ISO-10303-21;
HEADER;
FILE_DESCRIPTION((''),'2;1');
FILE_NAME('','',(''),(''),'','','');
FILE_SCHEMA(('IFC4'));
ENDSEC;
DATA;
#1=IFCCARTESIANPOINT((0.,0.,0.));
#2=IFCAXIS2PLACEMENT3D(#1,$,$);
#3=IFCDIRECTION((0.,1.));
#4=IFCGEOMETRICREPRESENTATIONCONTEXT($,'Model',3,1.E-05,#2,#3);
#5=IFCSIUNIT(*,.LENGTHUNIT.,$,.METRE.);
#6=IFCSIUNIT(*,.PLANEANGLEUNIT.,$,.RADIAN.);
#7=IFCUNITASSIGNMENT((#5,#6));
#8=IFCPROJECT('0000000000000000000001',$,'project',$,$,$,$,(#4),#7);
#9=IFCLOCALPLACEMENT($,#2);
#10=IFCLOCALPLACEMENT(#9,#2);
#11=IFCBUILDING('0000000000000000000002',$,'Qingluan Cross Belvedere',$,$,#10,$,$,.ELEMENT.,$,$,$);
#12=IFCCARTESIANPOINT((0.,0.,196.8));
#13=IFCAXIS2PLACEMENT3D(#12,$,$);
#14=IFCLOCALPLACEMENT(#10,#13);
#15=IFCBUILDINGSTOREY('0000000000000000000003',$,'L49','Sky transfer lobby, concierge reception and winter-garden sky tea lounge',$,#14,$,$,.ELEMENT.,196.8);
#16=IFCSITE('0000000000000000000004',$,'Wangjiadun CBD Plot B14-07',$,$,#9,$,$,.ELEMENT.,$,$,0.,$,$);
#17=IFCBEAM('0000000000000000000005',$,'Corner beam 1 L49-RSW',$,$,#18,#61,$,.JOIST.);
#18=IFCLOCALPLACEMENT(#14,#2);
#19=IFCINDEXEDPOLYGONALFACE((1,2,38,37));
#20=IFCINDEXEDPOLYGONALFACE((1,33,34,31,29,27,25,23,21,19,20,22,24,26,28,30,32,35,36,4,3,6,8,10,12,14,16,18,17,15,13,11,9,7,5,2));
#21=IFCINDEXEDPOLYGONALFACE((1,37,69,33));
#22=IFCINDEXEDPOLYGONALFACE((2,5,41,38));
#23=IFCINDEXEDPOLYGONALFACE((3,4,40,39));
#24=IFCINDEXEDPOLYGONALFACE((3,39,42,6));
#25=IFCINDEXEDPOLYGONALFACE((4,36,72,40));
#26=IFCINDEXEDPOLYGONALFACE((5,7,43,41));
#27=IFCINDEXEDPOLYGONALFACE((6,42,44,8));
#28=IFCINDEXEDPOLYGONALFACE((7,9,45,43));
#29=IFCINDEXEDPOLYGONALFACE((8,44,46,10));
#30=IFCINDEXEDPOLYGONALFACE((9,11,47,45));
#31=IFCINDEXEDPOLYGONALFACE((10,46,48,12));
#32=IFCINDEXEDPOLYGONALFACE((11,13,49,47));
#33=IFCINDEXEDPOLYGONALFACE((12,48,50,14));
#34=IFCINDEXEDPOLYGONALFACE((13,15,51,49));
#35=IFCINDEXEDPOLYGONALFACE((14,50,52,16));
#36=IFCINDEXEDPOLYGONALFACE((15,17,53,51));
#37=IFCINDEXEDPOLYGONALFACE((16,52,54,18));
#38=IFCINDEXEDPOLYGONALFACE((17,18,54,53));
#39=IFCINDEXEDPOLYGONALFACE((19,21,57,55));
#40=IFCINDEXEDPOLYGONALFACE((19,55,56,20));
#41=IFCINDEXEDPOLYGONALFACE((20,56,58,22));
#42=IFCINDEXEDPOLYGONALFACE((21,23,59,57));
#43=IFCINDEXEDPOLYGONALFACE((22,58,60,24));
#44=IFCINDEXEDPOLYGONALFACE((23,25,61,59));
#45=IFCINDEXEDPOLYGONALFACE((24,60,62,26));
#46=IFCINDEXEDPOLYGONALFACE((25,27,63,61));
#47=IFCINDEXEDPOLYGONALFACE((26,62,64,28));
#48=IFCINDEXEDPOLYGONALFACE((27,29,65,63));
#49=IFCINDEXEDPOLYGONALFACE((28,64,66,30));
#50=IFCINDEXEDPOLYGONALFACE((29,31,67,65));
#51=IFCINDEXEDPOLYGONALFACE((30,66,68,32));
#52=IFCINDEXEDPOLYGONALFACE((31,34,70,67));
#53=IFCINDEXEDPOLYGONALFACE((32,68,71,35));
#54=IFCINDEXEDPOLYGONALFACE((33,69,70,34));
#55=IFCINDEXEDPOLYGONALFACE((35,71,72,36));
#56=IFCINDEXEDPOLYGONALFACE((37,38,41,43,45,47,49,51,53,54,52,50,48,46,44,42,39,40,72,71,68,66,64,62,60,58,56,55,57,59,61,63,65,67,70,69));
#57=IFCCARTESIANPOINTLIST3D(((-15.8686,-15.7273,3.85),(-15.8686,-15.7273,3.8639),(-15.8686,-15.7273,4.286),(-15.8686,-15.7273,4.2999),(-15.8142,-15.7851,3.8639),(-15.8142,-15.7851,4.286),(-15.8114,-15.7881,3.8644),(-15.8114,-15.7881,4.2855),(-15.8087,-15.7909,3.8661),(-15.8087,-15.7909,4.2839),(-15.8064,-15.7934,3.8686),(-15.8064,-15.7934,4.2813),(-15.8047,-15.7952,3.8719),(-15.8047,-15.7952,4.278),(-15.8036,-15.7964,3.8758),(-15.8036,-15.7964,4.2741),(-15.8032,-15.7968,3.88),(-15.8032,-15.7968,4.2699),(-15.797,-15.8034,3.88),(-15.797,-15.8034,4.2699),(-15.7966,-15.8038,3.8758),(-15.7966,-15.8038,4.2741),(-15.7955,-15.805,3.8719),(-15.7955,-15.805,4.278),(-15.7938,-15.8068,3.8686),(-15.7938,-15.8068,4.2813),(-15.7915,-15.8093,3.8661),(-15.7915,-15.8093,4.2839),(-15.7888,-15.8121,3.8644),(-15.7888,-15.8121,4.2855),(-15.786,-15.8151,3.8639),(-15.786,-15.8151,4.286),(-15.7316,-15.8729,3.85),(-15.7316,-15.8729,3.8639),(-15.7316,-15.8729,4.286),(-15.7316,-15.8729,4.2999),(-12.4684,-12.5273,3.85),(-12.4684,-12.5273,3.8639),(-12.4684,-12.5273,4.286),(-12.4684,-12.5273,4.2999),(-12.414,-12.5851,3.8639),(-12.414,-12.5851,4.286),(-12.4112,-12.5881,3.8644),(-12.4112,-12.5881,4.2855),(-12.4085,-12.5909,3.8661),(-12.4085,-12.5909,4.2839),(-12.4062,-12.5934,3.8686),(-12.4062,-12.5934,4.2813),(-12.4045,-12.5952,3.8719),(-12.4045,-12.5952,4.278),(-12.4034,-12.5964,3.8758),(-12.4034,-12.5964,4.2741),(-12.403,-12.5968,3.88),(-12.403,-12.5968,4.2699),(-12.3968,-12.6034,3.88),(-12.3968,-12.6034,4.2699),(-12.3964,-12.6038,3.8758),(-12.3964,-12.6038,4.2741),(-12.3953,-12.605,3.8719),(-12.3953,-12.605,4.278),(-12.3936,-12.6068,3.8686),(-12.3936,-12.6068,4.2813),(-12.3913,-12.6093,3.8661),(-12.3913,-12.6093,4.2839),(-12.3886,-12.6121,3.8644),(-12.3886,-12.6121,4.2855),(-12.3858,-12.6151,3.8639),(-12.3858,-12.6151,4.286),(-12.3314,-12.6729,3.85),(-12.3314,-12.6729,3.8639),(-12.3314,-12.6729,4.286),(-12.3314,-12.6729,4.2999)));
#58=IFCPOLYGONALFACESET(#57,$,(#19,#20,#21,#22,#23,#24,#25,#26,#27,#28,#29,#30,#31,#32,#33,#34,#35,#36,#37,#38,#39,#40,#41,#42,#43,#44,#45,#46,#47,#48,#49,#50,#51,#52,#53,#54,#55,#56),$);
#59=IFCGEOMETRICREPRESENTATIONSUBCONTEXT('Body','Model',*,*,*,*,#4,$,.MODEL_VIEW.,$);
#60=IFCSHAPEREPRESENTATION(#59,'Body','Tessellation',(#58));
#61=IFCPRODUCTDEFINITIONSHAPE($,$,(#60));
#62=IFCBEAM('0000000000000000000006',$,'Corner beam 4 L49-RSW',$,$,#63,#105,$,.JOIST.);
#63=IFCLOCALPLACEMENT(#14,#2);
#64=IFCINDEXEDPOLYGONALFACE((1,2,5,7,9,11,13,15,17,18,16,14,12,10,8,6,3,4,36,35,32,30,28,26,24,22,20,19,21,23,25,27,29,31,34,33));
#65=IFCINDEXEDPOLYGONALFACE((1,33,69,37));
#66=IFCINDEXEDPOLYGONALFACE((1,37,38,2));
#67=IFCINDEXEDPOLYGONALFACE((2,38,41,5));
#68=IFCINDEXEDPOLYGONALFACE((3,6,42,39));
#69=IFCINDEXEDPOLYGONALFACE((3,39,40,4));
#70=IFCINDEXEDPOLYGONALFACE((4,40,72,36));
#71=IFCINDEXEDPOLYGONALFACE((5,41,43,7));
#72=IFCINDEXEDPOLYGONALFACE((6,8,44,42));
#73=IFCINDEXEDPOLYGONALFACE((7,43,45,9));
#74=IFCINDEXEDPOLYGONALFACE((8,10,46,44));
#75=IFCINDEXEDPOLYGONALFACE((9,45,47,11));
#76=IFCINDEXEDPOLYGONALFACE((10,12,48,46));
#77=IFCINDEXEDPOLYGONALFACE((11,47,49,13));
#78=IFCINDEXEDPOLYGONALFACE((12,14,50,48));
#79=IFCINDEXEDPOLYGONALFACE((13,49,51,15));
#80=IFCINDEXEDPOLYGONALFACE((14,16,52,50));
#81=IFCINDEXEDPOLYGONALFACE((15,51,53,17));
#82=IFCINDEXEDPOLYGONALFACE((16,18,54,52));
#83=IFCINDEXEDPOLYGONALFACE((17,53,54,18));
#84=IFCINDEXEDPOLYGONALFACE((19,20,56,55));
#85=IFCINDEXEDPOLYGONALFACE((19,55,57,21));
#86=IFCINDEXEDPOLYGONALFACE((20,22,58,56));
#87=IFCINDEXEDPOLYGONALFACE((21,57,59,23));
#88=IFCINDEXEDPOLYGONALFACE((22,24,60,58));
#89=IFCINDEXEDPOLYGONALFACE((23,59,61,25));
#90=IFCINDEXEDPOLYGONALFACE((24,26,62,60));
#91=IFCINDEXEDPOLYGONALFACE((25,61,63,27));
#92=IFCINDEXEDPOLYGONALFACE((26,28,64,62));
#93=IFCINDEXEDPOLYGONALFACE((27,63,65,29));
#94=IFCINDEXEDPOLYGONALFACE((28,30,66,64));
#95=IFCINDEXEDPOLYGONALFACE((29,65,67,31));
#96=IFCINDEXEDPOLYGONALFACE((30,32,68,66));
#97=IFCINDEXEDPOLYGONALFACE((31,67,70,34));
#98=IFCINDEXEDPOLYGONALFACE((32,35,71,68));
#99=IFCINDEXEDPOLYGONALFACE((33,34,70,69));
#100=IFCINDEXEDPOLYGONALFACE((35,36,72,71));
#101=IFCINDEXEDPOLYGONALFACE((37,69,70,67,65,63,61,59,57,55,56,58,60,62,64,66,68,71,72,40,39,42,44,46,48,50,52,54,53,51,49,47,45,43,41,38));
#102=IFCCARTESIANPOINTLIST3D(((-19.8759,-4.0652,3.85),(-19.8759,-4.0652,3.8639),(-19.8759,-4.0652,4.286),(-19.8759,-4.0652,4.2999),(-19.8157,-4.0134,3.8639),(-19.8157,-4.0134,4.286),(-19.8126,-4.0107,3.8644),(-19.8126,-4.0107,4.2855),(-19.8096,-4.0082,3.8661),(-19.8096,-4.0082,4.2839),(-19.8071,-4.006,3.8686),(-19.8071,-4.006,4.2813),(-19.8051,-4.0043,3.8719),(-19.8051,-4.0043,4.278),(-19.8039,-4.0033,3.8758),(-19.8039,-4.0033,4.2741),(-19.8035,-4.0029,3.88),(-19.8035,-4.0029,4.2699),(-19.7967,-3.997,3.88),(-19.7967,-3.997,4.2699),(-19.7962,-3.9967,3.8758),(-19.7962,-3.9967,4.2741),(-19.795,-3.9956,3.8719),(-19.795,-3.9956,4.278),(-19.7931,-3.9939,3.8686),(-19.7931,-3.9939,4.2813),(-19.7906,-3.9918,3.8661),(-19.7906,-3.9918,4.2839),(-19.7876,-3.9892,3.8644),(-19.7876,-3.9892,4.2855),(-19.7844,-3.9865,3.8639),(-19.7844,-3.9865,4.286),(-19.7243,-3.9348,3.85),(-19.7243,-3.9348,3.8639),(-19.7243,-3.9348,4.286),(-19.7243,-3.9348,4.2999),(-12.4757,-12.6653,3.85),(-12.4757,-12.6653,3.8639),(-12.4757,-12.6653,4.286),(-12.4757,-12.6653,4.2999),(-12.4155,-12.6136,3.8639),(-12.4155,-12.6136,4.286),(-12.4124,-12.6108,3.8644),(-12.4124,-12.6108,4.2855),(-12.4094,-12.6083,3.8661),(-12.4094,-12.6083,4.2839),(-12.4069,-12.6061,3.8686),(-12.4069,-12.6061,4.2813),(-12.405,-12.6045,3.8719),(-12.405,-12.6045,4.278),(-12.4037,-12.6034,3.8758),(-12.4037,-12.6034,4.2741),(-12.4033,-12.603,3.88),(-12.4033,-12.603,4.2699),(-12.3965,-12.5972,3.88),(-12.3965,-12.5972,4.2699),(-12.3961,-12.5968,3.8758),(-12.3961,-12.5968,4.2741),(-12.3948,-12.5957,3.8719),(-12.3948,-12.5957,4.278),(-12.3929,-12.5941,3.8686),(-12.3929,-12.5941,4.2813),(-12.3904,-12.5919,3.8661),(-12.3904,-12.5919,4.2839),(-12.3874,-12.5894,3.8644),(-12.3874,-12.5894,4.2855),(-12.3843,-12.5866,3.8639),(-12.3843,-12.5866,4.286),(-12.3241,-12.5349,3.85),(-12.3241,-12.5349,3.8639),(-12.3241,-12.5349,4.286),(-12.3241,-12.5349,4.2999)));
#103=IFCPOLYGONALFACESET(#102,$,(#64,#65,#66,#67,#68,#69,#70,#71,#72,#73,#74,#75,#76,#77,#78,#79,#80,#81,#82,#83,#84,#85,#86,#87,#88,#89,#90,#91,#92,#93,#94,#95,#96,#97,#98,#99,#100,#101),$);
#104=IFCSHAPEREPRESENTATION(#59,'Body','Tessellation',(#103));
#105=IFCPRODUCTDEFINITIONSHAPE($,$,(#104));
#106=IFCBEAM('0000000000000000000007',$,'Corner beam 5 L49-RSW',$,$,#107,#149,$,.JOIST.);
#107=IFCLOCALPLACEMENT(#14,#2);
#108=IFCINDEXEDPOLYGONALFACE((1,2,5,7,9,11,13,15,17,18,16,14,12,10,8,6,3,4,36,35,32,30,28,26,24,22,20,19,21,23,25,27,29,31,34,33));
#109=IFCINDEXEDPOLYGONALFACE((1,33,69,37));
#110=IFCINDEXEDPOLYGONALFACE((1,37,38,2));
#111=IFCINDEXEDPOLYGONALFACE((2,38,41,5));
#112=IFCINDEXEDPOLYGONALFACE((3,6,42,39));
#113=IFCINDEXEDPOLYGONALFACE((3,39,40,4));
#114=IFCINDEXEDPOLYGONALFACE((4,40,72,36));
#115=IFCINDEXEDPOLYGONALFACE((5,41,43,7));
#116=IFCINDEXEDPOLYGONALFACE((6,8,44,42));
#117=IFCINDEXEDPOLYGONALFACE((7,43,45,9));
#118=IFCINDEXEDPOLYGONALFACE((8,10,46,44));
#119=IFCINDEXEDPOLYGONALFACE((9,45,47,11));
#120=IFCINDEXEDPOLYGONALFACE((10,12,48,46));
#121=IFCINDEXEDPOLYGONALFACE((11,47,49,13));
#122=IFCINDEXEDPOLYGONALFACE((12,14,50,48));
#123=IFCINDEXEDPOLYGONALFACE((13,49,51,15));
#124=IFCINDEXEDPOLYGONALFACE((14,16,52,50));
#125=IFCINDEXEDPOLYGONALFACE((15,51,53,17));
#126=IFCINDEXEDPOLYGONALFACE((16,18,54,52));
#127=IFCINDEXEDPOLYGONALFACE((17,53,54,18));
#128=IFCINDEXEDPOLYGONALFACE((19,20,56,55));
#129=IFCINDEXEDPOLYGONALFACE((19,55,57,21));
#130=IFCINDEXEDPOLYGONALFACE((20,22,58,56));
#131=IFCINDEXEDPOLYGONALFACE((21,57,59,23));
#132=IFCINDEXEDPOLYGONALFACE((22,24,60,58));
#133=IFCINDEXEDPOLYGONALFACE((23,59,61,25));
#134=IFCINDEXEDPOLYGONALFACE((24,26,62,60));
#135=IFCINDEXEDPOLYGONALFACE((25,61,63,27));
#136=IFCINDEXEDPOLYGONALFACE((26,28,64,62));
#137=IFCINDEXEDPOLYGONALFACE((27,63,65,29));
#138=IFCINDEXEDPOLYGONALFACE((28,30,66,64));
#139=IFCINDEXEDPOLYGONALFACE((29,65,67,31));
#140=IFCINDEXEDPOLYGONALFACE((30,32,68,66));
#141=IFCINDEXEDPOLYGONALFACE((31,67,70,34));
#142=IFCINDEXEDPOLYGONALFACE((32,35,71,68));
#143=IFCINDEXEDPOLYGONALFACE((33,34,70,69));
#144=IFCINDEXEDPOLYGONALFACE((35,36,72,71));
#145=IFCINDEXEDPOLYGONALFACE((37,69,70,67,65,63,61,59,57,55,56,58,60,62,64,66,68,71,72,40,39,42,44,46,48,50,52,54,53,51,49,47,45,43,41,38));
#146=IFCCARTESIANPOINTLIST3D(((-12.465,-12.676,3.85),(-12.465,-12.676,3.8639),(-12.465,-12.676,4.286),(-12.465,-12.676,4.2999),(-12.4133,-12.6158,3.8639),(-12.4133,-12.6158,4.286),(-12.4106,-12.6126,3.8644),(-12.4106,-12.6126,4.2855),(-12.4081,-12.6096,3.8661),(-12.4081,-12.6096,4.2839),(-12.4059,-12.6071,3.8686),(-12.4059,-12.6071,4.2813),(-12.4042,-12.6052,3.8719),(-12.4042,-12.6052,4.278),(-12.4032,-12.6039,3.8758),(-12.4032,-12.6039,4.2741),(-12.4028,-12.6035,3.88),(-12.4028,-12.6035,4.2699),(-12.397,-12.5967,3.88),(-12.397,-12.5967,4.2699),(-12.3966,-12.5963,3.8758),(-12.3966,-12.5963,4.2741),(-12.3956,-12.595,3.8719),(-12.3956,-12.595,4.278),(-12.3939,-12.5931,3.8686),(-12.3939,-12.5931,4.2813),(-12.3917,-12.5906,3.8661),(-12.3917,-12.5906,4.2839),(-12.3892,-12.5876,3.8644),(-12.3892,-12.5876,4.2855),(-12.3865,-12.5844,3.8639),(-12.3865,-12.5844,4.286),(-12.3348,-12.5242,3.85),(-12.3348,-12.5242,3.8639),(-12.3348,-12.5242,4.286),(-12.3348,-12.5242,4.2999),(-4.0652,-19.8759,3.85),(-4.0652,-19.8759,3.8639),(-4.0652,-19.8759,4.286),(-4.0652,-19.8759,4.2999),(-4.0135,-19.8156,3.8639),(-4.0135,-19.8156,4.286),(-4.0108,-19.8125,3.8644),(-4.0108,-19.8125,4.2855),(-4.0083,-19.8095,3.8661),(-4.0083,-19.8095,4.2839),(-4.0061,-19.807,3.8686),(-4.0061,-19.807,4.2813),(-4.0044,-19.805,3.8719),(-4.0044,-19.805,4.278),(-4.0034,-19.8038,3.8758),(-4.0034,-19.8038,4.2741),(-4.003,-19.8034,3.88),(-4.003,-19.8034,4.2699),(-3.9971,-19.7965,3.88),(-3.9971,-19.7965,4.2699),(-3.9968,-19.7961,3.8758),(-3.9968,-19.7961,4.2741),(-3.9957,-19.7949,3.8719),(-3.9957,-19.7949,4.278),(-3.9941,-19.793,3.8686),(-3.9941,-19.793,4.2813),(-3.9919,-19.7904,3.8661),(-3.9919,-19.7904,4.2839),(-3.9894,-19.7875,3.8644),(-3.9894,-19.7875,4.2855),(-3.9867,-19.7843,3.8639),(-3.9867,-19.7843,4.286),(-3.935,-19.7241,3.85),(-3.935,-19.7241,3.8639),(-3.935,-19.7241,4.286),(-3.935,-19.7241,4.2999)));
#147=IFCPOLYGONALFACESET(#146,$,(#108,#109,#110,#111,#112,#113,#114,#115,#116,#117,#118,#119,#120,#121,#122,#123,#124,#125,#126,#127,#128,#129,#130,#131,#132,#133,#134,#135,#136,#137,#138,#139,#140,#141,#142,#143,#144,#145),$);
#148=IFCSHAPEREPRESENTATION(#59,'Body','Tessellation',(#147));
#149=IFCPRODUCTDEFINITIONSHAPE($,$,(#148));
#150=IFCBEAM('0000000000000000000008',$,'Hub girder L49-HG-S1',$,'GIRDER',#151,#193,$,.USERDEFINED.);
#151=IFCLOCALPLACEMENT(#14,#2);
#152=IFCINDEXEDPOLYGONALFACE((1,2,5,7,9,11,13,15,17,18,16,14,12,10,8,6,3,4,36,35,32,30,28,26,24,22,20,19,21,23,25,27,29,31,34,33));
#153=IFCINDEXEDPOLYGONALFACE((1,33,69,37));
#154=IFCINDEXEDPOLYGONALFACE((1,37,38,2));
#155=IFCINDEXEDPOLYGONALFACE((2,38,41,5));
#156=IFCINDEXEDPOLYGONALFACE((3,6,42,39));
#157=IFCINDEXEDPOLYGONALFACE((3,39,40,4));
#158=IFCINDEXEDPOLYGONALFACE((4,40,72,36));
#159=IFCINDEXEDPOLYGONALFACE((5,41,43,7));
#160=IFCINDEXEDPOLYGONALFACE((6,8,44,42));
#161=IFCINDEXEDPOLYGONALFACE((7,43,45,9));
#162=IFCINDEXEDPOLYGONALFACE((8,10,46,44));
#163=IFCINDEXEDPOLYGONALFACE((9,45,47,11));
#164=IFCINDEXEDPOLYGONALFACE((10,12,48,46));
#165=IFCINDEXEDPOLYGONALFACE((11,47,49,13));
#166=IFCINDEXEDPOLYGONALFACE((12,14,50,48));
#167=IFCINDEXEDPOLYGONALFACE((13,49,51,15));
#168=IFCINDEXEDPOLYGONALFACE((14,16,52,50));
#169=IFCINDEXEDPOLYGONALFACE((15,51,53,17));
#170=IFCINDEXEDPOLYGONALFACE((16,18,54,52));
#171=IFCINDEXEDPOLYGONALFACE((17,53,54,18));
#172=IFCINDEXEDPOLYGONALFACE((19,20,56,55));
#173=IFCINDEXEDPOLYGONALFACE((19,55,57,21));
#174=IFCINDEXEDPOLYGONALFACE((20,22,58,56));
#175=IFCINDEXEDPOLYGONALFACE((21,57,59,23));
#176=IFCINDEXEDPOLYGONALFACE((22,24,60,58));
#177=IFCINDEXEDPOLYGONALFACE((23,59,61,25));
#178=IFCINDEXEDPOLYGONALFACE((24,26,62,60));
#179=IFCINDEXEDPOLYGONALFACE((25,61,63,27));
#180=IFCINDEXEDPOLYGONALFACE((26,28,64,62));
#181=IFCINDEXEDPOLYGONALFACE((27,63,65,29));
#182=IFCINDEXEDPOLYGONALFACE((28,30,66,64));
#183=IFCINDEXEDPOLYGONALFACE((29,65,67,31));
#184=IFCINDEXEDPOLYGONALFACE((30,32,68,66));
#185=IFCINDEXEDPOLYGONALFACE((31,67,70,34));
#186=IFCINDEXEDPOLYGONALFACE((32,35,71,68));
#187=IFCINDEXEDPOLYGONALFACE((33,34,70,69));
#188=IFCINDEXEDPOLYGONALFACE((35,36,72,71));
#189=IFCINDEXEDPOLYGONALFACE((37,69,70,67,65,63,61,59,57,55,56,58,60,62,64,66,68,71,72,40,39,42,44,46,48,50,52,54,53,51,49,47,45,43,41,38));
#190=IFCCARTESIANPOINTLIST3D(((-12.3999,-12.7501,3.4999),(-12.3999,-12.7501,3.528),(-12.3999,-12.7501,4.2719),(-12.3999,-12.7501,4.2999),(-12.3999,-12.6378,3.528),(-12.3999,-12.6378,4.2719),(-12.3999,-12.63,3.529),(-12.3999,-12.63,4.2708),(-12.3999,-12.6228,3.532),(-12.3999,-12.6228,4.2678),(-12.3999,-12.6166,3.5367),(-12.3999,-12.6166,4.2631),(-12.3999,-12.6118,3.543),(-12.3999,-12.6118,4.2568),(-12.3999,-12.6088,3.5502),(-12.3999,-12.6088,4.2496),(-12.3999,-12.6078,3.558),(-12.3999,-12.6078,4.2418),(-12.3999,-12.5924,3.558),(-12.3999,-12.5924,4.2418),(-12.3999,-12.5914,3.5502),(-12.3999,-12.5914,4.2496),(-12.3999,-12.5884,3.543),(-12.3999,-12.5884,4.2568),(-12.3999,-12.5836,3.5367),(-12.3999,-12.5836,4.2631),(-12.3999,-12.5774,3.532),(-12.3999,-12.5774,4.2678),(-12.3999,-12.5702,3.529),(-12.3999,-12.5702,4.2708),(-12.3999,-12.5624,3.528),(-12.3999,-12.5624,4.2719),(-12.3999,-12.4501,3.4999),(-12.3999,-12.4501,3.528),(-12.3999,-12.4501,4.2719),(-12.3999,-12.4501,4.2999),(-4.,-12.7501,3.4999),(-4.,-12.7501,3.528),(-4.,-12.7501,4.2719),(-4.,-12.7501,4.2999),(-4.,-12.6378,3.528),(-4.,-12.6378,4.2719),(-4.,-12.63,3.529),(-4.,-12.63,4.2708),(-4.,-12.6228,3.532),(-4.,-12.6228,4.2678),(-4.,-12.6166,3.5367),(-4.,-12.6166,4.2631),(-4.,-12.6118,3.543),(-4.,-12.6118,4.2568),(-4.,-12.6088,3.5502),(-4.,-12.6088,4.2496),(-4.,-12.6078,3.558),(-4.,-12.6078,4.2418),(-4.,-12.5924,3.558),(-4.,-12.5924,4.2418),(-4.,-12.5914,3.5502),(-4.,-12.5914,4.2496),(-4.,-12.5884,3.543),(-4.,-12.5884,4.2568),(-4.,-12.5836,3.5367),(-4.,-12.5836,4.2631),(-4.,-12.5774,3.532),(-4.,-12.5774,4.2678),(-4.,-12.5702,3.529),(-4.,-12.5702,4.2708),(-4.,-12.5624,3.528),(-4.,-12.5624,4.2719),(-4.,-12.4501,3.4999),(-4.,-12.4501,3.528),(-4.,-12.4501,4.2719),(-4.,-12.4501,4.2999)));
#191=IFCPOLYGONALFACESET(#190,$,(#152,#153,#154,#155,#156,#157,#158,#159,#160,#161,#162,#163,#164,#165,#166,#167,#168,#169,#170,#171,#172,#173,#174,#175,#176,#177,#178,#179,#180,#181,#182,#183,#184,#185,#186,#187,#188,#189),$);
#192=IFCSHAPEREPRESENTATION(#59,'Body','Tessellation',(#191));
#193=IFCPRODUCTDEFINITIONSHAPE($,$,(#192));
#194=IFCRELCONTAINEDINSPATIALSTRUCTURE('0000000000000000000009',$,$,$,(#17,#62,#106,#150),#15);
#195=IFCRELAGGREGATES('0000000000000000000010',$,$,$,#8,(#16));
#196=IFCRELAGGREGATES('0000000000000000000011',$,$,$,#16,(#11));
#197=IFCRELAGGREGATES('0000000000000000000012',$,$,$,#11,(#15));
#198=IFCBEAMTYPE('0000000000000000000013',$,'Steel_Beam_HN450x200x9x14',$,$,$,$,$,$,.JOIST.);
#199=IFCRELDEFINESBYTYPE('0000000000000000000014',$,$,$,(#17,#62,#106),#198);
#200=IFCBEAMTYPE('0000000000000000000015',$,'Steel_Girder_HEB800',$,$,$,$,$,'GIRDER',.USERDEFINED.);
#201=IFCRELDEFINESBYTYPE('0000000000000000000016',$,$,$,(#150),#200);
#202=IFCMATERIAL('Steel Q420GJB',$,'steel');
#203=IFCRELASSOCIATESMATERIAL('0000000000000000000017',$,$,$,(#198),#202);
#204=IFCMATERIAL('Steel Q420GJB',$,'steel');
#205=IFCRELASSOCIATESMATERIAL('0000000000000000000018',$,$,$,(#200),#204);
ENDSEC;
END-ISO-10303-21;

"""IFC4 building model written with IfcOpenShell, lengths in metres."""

from ifc_helpers import new_model, si_unit, direction, frame, origin, origin_2d, place, context, subcontext, project, spatial, i_section, extrude, material, material_profile, profile_set, type_object, element, save


model = new_model("IFC4")

# Units and contexts
model_context = context("Model", 3, precision=1e-05, world=origin(), true_north=direction((0.0, 1.0)))
body_context = subcontext(model_context, "Body", "Model", "MODEL_VIEW")
ifc_project = project(units=[si_unit("LENGTHUNIT", "METRE"), si_unit("PLANEANGLEUNIT", "RADIAN")], contexts=[model_context])

# Site, building, storey
site_placement = place(None, origin())
site = spatial("IfcSite", under=ifc_project, at=site_placement, Name="Wangjiadun CBD Plot B14-07", CompositionType="ELEMENT", RefElevation=0.0)
building_placement = place(site_placement, origin())
building = spatial("IfcBuilding", under=site, at=building_placement, Name="Qingluan Cross Belvedere", CompositionType="ELEMENT")
storey_placement = place(building_placement, frame((0.0, 0.0, 196.8)))
storey = spatial("IfcBuildingStorey", under=building, at=storey_placement, Name="L49", Description="Sky transfer lobby, concierge reception and winter-garden sky tea lounge", CompositionType="ELEMENT", Elevation=196.8)

# Beams
ifc_material_1 = material(Name="Steel Q420GJB", Category="steel")
ifc_material_profile_1 = material_profile(ifc_material_1, i_section(OverallWidth=0.2, OverallDepth=0.45, WebThickness=0.009, FlangeThickness=0.0139, FilletRadius=0.0161, at=origin_2d()), Name="HN450x200x9x14")
ifc_profile_set_1 = profile_set([ifc_material_profile_1], Name="Steel Q420GJB")
beam_type_1 = type_object("IfcBeamType", Name="Steel_Beam_HN450x200x9x14", PredefinedType="JOIST", material=ifc_profile_set_1)
beam_1_placement = place(storey_placement, frame((-12.3999, -12.6001, 4.075), z_axis=(-0.72822, -0.685343, 0.0), x_axis=(0.685343, -0.72822, 0.0)))
element("IfcBeam", 1, at=beam_1_placement, inside=storey, type_object=beam_type_1, Name="Corner beam 1 L49-RSW", PredefinedType="JOIST", context=body_context, shape_type="SweptSolid", body=[
    extrude(i_section(OverallWidth=0.2, OverallDepth=0.45, WebThickness=0.009, FlangeThickness=0.0139, FilletRadius=0.0161, at=origin_2d()), origin(), (0.0, 0.0, 1.0), 4.6692),
])
beam_2_placement = place(storey_placement, frame((-12.3999, -12.6001, 4.075), z_axis=(-0.652245, 0.758008, 0.0), x_axis=(-0.758008, -0.652245, 0.0)))
element("IfcBeam", 2, at=beam_2_placement, inside=storey, type_object=beam_type_1, Name="Corner beam 4 L49-RSW", PredefinedType="JOIST", context=body_context, shape_type="SweptSolid", body=[
    extrude(i_section(OverallWidth=0.2, OverallDepth=0.45, WebThickness=0.009, FlangeThickness=0.0139, FilletRadius=0.0161, at=origin_2d()), origin(), (0.0, 0.0, 1.0), 11.3457),
])
beam_3_placement = place(storey_placement, frame((-12.3999, -12.6001, 4.075), z_axis=(0.759255, -0.650793, 0.0), x_axis=(0.650793, 0.759255, 0.0)))
element("IfcBeam", 3, at=beam_3_placement, inside=storey, type_object=beam_type_1, Name="Corner beam 5 L49-RSW", PredefinedType="JOIST", context=body_context, shape_type="SweptSolid", body=[
    extrude(i_section(OverallWidth=0.2, OverallDepth=0.45, WebThickness=0.009, FlangeThickness=0.0139, FilletRadius=0.0161, at=origin_2d()), origin(), (0.0, 0.0, 1.0), 11.0632),
])
ifc_material_2 = material(Name="Steel Q420GJB", Category="steel")
ifc_material_profile_2 = material_profile(ifc_material_2, i_section(OverallWidth=0.3, OverallDepth=0.8, WebThickness=0.0154, FlangeThickness=0.0281, FilletRadius=0.03, at=origin_2d()), Name="HEB800")
ifc_profile_set_2 = profile_set([ifc_material_profile_2], Name="Steel Q420GJB")
beam_type_2 = type_object("IfcBeamType", Name="Steel_Girder_HEB800", ElementType="GIRDER", PredefinedType="USERDEFINED", material=ifc_profile_set_2)
beam_4_placement = place(storey_placement, frame((-12.3999, -12.6001, 3.8999), z_axis=(1.0, 0.0, 0.0), x_axis=(0.0, 1.0, 0.0)))
element("IfcBeam", 4, at=beam_4_placement, inside=storey, type_object=beam_type_2, Name="Hub girder L49-HG-S1", ObjectType="GIRDER", PredefinedType="USERDEFINED", context=body_context, shape_type="SweptSolid", body=[
    extrude(i_section(OverallWidth=0.3, OverallDepth=0.8, WebThickness=0.0154, FlangeThickness=0.0281, FilletRadius=0.03, at=origin_2d()), origin(), (0.0, 0.0, 1.0), 8.3999),
])

save(model, "model.ifc")
